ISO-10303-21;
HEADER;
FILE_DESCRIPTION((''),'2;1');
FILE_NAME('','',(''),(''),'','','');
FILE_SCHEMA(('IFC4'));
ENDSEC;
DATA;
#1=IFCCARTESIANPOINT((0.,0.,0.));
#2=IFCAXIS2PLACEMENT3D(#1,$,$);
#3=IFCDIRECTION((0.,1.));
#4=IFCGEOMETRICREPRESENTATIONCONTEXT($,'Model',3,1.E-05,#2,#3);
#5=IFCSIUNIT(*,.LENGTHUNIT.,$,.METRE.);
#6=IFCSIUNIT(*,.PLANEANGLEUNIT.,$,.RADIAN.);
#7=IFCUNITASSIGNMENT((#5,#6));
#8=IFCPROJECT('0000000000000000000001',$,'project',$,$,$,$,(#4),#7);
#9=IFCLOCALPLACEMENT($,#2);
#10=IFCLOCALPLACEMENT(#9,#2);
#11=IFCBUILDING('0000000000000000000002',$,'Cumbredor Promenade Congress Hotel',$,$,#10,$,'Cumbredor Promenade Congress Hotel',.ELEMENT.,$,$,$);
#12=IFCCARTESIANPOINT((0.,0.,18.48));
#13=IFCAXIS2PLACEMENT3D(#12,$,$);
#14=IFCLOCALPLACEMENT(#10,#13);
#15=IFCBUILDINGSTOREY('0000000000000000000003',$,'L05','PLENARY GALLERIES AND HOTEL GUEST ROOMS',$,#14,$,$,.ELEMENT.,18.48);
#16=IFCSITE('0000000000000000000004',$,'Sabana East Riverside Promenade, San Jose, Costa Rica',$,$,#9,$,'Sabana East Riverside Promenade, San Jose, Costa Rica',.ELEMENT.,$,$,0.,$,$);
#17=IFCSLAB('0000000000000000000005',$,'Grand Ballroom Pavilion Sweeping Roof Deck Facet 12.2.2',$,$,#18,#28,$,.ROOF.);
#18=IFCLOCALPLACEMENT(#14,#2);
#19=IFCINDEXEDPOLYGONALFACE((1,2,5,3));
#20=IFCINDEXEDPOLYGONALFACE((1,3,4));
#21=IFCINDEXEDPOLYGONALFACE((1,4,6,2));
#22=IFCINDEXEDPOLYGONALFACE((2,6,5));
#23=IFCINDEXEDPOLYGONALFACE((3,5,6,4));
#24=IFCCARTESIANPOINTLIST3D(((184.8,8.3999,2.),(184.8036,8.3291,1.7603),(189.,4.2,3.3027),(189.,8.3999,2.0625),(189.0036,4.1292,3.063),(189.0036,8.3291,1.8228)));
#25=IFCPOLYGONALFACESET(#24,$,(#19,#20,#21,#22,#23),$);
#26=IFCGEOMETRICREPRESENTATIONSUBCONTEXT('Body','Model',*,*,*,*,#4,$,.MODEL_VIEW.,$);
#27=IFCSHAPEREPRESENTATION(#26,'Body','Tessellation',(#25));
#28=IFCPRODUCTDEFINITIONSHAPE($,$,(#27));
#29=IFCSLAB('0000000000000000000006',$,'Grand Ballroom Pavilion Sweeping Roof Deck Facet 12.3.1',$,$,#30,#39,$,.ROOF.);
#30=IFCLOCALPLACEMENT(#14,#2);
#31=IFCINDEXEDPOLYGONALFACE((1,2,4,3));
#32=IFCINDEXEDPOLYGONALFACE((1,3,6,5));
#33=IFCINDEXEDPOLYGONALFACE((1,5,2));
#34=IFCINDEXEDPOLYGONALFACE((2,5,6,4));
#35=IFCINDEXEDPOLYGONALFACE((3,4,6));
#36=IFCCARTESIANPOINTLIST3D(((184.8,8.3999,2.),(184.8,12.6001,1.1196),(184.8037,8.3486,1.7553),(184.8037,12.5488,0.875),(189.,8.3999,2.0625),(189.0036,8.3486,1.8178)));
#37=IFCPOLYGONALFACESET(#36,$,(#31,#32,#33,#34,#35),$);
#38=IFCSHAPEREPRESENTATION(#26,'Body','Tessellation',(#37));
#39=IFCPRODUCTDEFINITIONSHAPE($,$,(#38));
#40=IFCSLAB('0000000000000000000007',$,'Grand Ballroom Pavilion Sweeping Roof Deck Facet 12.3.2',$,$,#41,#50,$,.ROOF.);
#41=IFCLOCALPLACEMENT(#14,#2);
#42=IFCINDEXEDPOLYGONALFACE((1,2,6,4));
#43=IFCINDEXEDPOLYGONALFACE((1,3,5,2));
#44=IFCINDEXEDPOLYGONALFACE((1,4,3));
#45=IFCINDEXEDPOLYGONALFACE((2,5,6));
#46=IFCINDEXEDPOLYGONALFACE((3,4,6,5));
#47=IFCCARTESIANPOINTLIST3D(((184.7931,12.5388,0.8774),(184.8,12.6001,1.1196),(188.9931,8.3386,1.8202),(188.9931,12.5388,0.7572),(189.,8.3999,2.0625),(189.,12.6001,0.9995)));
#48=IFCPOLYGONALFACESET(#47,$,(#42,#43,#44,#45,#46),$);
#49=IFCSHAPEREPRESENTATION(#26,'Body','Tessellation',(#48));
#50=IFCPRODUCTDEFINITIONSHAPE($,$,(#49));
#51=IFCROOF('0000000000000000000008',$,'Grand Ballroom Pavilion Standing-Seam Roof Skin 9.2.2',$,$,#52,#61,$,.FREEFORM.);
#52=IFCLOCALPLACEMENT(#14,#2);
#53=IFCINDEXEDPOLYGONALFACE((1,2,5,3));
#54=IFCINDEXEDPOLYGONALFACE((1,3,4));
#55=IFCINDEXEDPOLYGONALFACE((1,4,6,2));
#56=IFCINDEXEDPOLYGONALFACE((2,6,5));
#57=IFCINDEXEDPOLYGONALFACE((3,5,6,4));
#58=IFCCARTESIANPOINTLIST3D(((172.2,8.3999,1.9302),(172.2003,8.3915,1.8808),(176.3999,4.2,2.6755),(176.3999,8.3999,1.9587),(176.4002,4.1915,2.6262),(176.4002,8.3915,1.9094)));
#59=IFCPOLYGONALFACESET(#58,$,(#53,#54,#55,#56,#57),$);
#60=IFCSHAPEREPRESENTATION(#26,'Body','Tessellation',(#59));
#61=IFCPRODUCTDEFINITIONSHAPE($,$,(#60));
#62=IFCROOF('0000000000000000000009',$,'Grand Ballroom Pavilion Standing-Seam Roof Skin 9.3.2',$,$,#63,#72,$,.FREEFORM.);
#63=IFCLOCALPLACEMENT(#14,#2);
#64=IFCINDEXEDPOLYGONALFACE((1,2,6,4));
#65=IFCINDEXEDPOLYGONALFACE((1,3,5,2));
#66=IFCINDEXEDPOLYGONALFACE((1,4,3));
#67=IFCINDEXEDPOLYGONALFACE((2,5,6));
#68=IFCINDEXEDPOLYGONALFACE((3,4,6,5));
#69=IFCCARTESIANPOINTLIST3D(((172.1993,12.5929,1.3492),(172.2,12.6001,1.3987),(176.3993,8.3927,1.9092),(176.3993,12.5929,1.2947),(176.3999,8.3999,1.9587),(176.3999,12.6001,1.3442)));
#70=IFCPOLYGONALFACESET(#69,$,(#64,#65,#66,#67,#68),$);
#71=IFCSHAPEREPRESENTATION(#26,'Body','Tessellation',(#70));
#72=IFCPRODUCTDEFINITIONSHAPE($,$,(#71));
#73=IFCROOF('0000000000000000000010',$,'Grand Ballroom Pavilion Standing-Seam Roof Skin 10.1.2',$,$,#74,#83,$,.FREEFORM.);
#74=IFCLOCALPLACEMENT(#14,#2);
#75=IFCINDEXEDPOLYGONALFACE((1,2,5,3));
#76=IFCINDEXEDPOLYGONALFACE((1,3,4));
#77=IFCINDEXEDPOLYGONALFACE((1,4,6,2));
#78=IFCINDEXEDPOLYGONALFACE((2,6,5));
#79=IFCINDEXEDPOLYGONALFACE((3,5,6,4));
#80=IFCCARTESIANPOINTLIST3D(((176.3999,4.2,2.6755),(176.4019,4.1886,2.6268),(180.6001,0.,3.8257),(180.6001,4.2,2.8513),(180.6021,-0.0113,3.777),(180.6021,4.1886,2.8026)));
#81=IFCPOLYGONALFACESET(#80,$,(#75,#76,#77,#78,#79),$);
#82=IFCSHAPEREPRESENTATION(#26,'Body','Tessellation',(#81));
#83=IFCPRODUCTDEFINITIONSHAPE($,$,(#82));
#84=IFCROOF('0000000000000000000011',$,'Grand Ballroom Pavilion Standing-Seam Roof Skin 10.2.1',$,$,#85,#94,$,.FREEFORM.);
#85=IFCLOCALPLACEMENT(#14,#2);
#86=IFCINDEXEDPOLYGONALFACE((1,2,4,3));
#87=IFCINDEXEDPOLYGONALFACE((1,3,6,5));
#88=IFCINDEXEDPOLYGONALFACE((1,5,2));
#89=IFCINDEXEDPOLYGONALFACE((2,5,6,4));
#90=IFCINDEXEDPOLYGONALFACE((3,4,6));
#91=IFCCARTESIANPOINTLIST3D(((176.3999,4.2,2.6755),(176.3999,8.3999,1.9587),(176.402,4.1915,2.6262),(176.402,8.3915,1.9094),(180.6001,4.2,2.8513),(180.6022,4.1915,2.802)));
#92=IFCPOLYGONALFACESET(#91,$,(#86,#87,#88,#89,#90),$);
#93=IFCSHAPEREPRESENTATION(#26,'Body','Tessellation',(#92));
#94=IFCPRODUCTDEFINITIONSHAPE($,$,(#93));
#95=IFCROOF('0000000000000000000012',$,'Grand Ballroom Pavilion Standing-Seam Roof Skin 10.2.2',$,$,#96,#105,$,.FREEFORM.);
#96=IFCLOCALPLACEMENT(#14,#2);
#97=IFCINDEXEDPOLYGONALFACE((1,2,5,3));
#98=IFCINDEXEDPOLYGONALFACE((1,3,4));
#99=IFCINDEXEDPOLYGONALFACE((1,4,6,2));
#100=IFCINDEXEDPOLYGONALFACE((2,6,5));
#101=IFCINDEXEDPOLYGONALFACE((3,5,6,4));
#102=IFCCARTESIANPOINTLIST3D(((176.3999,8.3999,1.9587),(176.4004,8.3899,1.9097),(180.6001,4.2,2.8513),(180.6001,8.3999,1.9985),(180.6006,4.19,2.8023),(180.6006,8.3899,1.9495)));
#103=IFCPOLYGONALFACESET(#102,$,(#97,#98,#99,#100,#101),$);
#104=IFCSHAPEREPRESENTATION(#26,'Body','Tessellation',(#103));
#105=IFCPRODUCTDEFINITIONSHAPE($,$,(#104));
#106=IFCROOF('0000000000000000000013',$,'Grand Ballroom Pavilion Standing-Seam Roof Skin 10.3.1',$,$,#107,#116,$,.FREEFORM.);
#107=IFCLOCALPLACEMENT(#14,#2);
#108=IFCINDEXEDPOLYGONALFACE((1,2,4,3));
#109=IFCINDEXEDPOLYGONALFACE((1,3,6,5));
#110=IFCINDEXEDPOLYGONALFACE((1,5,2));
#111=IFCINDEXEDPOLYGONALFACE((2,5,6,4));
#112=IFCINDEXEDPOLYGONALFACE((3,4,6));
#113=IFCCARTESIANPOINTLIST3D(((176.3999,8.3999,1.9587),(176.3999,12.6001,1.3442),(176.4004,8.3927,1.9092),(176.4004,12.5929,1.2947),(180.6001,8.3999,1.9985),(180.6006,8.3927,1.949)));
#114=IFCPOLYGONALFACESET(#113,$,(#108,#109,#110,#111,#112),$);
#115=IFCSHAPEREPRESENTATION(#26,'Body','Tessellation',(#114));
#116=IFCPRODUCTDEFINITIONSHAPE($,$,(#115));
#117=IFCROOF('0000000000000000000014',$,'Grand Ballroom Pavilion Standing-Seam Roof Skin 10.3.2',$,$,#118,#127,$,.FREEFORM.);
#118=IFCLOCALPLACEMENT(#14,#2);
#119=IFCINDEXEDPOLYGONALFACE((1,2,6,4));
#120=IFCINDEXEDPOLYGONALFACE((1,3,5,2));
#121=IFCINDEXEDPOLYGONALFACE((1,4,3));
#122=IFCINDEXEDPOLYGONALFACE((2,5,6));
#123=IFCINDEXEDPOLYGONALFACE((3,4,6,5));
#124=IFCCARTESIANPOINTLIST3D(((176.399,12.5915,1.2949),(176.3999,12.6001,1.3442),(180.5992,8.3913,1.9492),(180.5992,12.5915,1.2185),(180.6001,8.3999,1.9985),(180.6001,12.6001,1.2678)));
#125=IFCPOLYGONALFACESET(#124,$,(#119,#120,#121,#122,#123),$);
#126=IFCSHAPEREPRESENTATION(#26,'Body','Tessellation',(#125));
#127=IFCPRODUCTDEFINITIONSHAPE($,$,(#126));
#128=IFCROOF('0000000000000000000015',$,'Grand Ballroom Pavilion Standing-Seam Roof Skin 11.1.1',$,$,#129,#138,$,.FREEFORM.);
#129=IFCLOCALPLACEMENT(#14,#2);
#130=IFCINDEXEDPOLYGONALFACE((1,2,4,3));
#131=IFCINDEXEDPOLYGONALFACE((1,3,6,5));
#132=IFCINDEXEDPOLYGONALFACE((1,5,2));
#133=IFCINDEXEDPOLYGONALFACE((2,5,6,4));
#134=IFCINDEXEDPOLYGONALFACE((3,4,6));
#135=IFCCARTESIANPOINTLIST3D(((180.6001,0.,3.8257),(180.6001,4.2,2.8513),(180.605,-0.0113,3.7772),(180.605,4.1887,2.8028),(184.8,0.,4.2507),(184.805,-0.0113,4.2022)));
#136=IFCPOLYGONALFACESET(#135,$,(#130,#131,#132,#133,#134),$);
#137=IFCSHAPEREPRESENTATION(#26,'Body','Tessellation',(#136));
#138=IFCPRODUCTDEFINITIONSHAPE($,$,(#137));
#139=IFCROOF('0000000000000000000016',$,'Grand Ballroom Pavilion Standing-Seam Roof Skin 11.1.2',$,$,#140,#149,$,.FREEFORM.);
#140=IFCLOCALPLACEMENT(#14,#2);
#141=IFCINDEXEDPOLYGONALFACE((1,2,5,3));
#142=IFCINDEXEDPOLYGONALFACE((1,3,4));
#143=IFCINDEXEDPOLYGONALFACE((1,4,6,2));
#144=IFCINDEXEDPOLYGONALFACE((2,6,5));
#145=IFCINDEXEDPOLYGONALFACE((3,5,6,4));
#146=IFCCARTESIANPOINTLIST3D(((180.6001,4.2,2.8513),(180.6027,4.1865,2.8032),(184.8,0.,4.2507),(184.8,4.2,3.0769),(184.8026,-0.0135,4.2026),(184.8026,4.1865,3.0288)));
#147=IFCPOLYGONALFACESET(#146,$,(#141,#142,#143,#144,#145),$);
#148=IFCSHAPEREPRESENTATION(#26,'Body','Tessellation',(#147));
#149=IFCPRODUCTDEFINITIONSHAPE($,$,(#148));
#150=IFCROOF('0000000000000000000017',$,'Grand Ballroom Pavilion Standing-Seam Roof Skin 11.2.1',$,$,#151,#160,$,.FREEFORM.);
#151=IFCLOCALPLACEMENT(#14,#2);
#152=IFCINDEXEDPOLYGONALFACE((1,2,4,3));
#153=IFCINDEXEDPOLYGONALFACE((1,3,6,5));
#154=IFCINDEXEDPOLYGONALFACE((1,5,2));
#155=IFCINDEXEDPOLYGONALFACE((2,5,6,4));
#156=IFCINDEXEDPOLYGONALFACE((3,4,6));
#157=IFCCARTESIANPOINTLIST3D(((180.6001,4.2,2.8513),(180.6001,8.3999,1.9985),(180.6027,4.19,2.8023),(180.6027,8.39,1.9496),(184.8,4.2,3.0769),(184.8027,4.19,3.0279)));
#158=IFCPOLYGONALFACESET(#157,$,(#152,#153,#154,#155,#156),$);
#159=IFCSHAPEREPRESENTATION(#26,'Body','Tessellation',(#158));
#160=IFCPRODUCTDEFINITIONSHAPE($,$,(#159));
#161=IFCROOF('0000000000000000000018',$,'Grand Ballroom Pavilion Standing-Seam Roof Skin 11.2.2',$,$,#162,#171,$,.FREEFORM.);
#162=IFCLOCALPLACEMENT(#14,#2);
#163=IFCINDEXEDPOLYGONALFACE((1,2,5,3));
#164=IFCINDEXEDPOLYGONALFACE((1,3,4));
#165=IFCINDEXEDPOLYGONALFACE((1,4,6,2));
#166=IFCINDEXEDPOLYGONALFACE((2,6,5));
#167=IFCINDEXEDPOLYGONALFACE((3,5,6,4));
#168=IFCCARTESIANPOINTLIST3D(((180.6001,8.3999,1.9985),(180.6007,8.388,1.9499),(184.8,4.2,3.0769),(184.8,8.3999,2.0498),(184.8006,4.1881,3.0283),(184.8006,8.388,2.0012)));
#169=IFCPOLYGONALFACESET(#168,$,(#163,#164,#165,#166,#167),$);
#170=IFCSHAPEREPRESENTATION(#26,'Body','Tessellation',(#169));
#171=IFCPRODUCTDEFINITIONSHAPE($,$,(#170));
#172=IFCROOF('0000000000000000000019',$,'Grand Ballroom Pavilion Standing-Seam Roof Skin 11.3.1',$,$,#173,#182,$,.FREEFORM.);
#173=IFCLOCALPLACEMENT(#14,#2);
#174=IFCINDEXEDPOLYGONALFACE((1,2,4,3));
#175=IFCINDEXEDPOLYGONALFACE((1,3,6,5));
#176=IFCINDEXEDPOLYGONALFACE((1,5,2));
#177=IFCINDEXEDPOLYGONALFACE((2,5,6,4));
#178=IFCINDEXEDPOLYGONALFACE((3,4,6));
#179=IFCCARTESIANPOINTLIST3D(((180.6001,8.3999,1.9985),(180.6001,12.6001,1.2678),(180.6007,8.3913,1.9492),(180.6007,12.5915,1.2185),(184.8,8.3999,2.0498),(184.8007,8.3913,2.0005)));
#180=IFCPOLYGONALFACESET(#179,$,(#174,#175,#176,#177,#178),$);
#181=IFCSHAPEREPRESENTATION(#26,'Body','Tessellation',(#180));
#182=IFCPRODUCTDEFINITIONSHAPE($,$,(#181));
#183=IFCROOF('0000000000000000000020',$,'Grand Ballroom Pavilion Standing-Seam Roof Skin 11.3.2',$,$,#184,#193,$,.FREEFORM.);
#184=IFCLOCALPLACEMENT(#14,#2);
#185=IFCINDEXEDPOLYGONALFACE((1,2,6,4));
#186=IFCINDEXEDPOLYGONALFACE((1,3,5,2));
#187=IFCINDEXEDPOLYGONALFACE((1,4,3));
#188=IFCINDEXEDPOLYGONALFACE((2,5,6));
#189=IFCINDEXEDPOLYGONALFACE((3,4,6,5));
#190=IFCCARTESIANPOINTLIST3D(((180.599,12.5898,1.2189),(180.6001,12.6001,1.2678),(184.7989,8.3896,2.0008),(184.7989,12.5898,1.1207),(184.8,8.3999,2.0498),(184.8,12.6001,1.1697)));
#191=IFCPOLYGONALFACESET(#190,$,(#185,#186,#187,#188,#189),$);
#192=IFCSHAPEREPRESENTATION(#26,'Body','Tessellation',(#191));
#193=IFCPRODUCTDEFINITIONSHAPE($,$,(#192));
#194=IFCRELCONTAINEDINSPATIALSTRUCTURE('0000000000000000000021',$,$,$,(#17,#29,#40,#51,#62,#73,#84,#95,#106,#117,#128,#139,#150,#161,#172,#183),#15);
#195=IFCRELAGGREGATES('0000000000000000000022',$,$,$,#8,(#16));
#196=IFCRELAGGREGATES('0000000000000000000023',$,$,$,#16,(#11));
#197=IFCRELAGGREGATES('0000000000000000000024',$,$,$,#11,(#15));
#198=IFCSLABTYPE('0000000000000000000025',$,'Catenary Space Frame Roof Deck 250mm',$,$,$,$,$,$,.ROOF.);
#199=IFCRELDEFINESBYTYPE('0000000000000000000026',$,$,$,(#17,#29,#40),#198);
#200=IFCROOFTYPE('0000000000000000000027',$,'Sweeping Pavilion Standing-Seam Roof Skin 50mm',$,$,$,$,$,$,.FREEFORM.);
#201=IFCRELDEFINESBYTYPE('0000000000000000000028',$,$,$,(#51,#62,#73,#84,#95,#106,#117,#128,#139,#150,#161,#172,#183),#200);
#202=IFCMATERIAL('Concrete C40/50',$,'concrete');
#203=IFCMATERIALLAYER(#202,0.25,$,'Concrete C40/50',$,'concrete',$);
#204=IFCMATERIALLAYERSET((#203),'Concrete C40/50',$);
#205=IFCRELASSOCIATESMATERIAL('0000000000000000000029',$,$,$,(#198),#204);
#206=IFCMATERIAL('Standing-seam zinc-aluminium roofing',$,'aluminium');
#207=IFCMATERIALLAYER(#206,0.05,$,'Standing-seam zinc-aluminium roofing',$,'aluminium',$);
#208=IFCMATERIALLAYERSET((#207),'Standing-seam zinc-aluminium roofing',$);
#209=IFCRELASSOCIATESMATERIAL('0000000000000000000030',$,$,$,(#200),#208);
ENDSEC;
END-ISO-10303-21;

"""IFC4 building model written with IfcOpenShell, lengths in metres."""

from ifc_helpers import new_model, si_unit, direction, frame, origin, place, context, subcontext, project, spatial, polyline, outline, extrude, material, layer, layer_set, type_object, element, save


model = new_model("IFC4")

# Units and contexts
model_context = context("Model", 3, precision=1e-05, world=origin(), true_north=direction((0.0, 1.0)))
body_context = subcontext(model_context, "Body", "Model", "MODEL_VIEW")
ifc_project = project(units=[si_unit("LENGTHUNIT", "METRE"), si_unit("PLANEANGLEUNIT", "RADIAN")], contexts=[model_context])

# Site, building, storey
site_placement = place(None, origin())
site = spatial("IfcSite", under=ifc_project, at=site_placement, Name="Sabana East Riverside Promenade, San Jose, Costa Rica", LongName="Sabana East Riverside Promenade, San Jose, Costa Rica", CompositionType="ELEMENT", RefElevation=0.0)
building_placement = place(site_placement, origin())
building = spatial("IfcBuilding", under=site, at=building_placement, Name="Cumbredor Promenade Congress Hotel", LongName="Cumbredor Promenade Congress Hotel", CompositionType="ELEMENT")
storey_placement = place(building_placement, frame((0.0, 0.0, 18.48)))
storey = spatial("IfcBuildingStorey", under=building, at=storey_placement, Name="L05", Description="PLENARY GALLERIES AND HOTEL GUEST ROOMS", CompositionType="ELEMENT", Elevation=18.48)

# Slabs
ifc_material_1 = material(Name="Concrete C40/50", Category="concrete")
ifc_layer_1 = layer(ifc_material_1, 0.25, Name="Concrete C40/50", Category="concrete")
ifc_layer_set_1 = layer_set([ifc_layer_1], Name="Concrete C40/50")
slab_type = type_object("IfcSlabType", Name="Catenary Space Frame Roof Deck 250mm", PredefinedType="ROOF", material=ifc_layer_set_1)
slab_1_placement = place(storey_placement, frame((189.0, 4.2, 3.3027), z_axis=(-0.01427, 0.283179, 0.958961), x_axis=(0.0, 0.959059, -0.283207)))
element("IfcSlab", 1, at=slab_1_placement, inside=storey, type_object=slab_type, Name="Grand Ballroom Pavilion Sweeping Roof Deck Facet 12.2.2", PredefinedType="ROOF", context=body_context, shape_type="SweptSolid", body=[
    extrude(outline(polyline([(0.0, 0.0), (4.3792, 0.0), (4.3969, 4.2004), (0.0, 0.0)])), origin(), (0.0, 0.0, -1.0), 0.25),
])
slab_2_placement = place(storey_placement, frame((184.8, 8.3999, 2.0), z_axis=(-0.014563, 0.205123, 0.978628), x_axis=(0.999889, 0.0, 0.014879)))
element("IfcSlab", 2, at=slab_2_placement, inside=storey, type_object=slab_type, Name="Grand Ballroom Pavilion Sweeping Roof Deck Facet 12.3.1", PredefinedType="ROOF", context=body_context, shape_type="SweptSolid", body=[
    extrude(outline(polyline([(0.0, 0.0), (4.2004, 0.0), (-0.0131, 4.2914), (0.0, 0.0)])), origin(), (0.0, 0.0, -1.0), 0.25),
])
slab_3_placement = place(storey_placement, frame((189.0, 8.3999, 2.0625), z_axis=(0.027715, 0.245251, 0.969063), x_axis=(0.0, 0.969436, -0.245345)))
element("IfcSlab", 3, at=slab_3_placement, inside=storey, type_object=slab_type, Name="Grand Ballroom Pavilion Sweeping Roof Deck Facet 12.3.2", PredefinedType="ROOF", context=body_context, shape_type="SweptSolid", body=[
    extrude(outline(polyline([(0.0, 0.0), (4.3326, 0.0), (4.3031, 4.2016), (0.0, 0.0)])), origin(), (0.0, 0.0, -1.0), 0.25),
])

# Roofs
ifc_material_2 = material(Name="Standing-seam zinc-aluminium roofing", Category="aluminium")
ifc_layer_2 = layer(ifc_material_2, 0.05, Name="Standing-seam zinc-aluminium roofing", Category="aluminium")
ifc_layer_set_2 = layer_set([ifc_layer_2], Name="Standing-seam zinc-aluminium roofing")
roof_type = type_object("IfcRoofType", Name="Sweeping Pavilion Standing-Seam Roof Skin 50mm", PredefinedType="FREEFORM", material=ifc_layer_set_2)
roof_1_placement = place(storey_placement, frame((176.3999, 4.2, 2.6755), z_axis=(-0.006704, 0.168232, 0.985725), x_axis=(0.0, 0.985747, -0.168235)))
element("IfcRoof", 4, at=roof_1_placement, inside=storey, type_object=roof_type, Name="Grand Ballroom Pavilion Standing-Seam Roof Skin 9.2.2", PredefinedType="FREEFORM", context=body_context, shape_type="SweptSolid", body=[
    extrude(outline(polyline([(0.0, 0.0), (4.2607, 0.0), (4.2655, 4.2), (0.0, 0.0)])), origin(), (0.0, 0.0, -1.0), 0.05),
])
roof_2_placement = place(storey_placement, frame((176.3999, 8.3999, 1.9587), z_axis=(0.012825, 0.14475, 0.989385), x_axis=(0.0, 0.989466, -0.144762)))
element("IfcRoof", 5, at=roof_2_placement, inside=storey, type_object=roof_type, Name="Grand Ballroom Pavilion Standing-Seam Roof Skin 9.3.2", PredefinedType="FREEFORM", context=body_context, shape_type="SweptSolid", body=[
    extrude(outline(polyline([(0.0, 0.0), (4.2449, 0.0), (4.237, 4.2003), (0.0, 0.0)])), origin(), (0.0, 0.0, -1.0), 0.05),
])
roof_3_placement = place(storey_placement, frame((180.6001, 0.0, 3.8257), z_axis=(-0.040734, 0.225805, 0.973321), x_axis=(0.0, 0.974129, -0.225993)))
element("IfcRoof", 6, at=roof_3_placement, inside=storey, type_object=roof_type, Name="Grand Ballroom Pavilion Standing-Seam Roof Skin 10.1.2", PredefinedType="FREEFORM", context=body_context, shape_type="SweptSolid", body=[
    extrude(outline(polyline([(0.0, 0.0), (4.3115, 0.0), (4.3512, 4.2037), (0.0, 0.0)])), origin(), (0.0, 0.0, -1.0), 0.05),
])
roof_4_placement = place(storey_placement, frame((176.3999, 4.2, 2.6755), z_axis=(-0.041219, 0.168092, 0.984909), x_axis=(0.999125, 0.0, 0.041814)))
element("IfcRoof", 7, at=roof_4_placement, inside=storey, type_object=roof_type, Name="Grand Ballroom Pavilion Standing-Seam Roof Skin 10.2.1", PredefinedType="FREEFORM", context=body_context, shape_type="SweptSolid", body=[
    extrude(outline(polyline([(0.0, 0.0), (4.2039, 0.0), (-0.03, 4.2606), (0.0, 0.0)])), origin(), (0.0, 0.0, -1.0), 0.05),
])
roof_5_placement = place(storey_placement, frame((180.6001, 4.2, 2.8513), z_axis=(-0.009285, 0.198977, 0.97996), x_axis=(0.0, 0.980002, -0.198986)))
element("IfcRoof", 8, at=roof_5_placement, inside=storey, type_object=roof_type, Name="Grand Ballroom Pavilion Standing-Seam Roof Skin 10.2.2", PredefinedType="FREEFORM", context=body_context, shape_type="SweptSolid", body=[
    extrude(outline(polyline([(0.0, 0.0), (4.2857, 0.0), (4.2936, 4.2004), (0.0, 0.0)])), origin(), (0.0, 0.0, -1.0), 0.05),
])
roof_6_placement = place(storey_placement, frame((176.3999, 8.3999, 1.9587), z_axis=(-0.009374, 0.144756, 0.989423), x_axis=(0.999955, 0.0, 0.009474)))
element("IfcRoof", 9, at=roof_6_placement, inside=storey, type_object=roof_type, Name="Grand Ballroom Pavilion Standing-Seam Roof Skin 10.3.1", PredefinedType="FREEFORM", context=body_context, shape_type="SweptSolid", body=[
    extrude(outline(polyline([(0.0, 0.0), (4.2004, 0.0), (-0.0058, 4.2449), (0.0, 0.0)])), origin(), (0.0, 0.0, -1.0), 0.05),
])
roof_7_placement = place(storey_placement, frame((180.6001, 8.3999, 1.9985), z_axis=(0.017921, 0.171369, 0.985044), x_axis=(0.0, 0.985202, -0.171397)))
element("IfcRoof", 10, at=roof_7_placement, inside=storey, type_object=roof_type, Name="Grand Ballroom Pavilion Standing-Seam Roof Skin 10.3.2", PredefinedType="FREEFORM", context=body_context, shape_type="SweptSolid", body=[
    extrude(outline(polyline([(0.0, 0.0), (4.2633, 0.0), (4.2502, 4.2009), (0.0, 0.0)])), origin(), (0.0, 0.0, -1.0), 0.05),
])
roof_8_placement = place(storey_placement, frame((180.6001, 0.0, 3.8257), z_axis=(-0.098109, 0.224902, 0.969429), x_axis=(0.994918, 0.0, 0.100689)))
element("IfcRoof", 11, at=roof_8_placement, inside=storey, type_object=roof_type, Name="Grand Ballroom Pavilion Standing-Seam Roof Skin 11.1.1", PredefinedType="FREEFORM", context=body_context, shape_type="SweptSolid", body=[
    extrude(outline(polyline([(0.0, 0.0), (4.2214, 0.0), (-0.0981, 4.3104), (0.0, 0.0)])), origin(), (0.0, 0.0, -1.0), 0.05),
])
roof_9_placement = place(storey_placement, frame((184.8, 0.0, 4.2507), z_axis=(-0.05166, 0.268812, 0.961806), x_axis=(0.0, 0.963092, -0.269171)))
element("IfcRoof", 12, at=roof_9_placement, inside=storey, type_object=roof_type, Name="Grand Ballroom Pavilion Standing-Seam Roof Skin 11.1.2", PredefinedType="FREEFORM", context=body_context, shape_type="SweptSolid", body=[
    extrude(outline(polyline([(0.0, 0.0), (4.3609, 0.0), (4.4216, 4.2056), (0.0, 0.0)])), origin(), (0.0, 0.0, -1.0), 0.05),
])
roof_10_placement = place(storey_placement, frame((180.6001, 4.2, 2.8513), z_axis=(-0.052565, 0.19871, 0.978648), x_axis=(0.998561, 0.0, 0.053634)))
element("IfcRoof", 13, at=roof_10_placement, inside=storey, type_object=roof_type, Name="Grand Ballroom Pavilion Standing-Seam Roof Skin 11.2.1", PredefinedType="FREEFORM", context=body_context, shape_type="SweptSolid", body=[
    extrude(outline(polyline([(0.0, 0.0), (4.206, 0.0), (-0.0457, 4.2854), (0.0, 0.0)])), origin(), (0.0, 0.0, -1.0), 0.05),
])
roof_11_placement = place(storey_placement, frame((184.8, 4.2, 3.0769), z_axis=(-0.011857, 0.237533, 0.971307), x_axis=(0.0, 0.971375, -0.23755)))
element("IfcRoof", 14, at=roof_11_placement, inside=storey, type_object=roof_type, Name="Grand Ballroom Pavilion Standing-Seam Roof Skin 11.2.2", PredefinedType="FREEFORM", context=body_context, shape_type="SweptSolid", body=[
    extrude(outline(polyline([(0.0, 0.0), (4.3237, 0.0), (4.3359, 4.2002), (0.0, 0.0)])), origin(), (0.0, 0.0, -1.0), 0.05),
])
roof_12_placement = place(storey_placement, frame((180.6001, 8.3999, 1.9985), z_axis=(-0.012026, 0.171384, 0.985131), x_axis=(0.999926, 0.0, 0.012206)))
element("IfcRoof", 15, at=roof_12_placement, inside=storey, type_object=roof_type, Name="Grand Ballroom Pavilion Standing-Seam Roof Skin 11.3.1", PredefinedType="FREEFORM", context=body_context, shape_type="SweptSolid", body=[
    extrude(outline(polyline([(0.0, 0.0), (4.2003, 0.0), (-0.0089, 4.2633), (0.0, 0.0)])), origin(), (0.0, 0.0, -1.0), 0.05),
])
roof_13_placement = place(storey_placement, frame((184.8, 8.3999, 2.0498), z_axis=(0.022865, 0.205036, 0.978487), x_axis=(0.0, 0.978743, -0.20509)))
element("IfcRoof", 16, at=roof_13_placement, inside=storey, type_object=roof_type, Name="Grand Ballroom Pavilion Standing-Seam Roof Skin 11.3.2", PredefinedType="FREEFORM", context=body_context, shape_type="SweptSolid", body=[
    extrude(outline(polyline([(0.0, 0.0), (4.2914, 0.0), (4.2713, 4.201), (0.0, 0.0)])), origin(), (0.0, 0.0, -1.0), 0.05),
])

save(model, "model.ifc")
